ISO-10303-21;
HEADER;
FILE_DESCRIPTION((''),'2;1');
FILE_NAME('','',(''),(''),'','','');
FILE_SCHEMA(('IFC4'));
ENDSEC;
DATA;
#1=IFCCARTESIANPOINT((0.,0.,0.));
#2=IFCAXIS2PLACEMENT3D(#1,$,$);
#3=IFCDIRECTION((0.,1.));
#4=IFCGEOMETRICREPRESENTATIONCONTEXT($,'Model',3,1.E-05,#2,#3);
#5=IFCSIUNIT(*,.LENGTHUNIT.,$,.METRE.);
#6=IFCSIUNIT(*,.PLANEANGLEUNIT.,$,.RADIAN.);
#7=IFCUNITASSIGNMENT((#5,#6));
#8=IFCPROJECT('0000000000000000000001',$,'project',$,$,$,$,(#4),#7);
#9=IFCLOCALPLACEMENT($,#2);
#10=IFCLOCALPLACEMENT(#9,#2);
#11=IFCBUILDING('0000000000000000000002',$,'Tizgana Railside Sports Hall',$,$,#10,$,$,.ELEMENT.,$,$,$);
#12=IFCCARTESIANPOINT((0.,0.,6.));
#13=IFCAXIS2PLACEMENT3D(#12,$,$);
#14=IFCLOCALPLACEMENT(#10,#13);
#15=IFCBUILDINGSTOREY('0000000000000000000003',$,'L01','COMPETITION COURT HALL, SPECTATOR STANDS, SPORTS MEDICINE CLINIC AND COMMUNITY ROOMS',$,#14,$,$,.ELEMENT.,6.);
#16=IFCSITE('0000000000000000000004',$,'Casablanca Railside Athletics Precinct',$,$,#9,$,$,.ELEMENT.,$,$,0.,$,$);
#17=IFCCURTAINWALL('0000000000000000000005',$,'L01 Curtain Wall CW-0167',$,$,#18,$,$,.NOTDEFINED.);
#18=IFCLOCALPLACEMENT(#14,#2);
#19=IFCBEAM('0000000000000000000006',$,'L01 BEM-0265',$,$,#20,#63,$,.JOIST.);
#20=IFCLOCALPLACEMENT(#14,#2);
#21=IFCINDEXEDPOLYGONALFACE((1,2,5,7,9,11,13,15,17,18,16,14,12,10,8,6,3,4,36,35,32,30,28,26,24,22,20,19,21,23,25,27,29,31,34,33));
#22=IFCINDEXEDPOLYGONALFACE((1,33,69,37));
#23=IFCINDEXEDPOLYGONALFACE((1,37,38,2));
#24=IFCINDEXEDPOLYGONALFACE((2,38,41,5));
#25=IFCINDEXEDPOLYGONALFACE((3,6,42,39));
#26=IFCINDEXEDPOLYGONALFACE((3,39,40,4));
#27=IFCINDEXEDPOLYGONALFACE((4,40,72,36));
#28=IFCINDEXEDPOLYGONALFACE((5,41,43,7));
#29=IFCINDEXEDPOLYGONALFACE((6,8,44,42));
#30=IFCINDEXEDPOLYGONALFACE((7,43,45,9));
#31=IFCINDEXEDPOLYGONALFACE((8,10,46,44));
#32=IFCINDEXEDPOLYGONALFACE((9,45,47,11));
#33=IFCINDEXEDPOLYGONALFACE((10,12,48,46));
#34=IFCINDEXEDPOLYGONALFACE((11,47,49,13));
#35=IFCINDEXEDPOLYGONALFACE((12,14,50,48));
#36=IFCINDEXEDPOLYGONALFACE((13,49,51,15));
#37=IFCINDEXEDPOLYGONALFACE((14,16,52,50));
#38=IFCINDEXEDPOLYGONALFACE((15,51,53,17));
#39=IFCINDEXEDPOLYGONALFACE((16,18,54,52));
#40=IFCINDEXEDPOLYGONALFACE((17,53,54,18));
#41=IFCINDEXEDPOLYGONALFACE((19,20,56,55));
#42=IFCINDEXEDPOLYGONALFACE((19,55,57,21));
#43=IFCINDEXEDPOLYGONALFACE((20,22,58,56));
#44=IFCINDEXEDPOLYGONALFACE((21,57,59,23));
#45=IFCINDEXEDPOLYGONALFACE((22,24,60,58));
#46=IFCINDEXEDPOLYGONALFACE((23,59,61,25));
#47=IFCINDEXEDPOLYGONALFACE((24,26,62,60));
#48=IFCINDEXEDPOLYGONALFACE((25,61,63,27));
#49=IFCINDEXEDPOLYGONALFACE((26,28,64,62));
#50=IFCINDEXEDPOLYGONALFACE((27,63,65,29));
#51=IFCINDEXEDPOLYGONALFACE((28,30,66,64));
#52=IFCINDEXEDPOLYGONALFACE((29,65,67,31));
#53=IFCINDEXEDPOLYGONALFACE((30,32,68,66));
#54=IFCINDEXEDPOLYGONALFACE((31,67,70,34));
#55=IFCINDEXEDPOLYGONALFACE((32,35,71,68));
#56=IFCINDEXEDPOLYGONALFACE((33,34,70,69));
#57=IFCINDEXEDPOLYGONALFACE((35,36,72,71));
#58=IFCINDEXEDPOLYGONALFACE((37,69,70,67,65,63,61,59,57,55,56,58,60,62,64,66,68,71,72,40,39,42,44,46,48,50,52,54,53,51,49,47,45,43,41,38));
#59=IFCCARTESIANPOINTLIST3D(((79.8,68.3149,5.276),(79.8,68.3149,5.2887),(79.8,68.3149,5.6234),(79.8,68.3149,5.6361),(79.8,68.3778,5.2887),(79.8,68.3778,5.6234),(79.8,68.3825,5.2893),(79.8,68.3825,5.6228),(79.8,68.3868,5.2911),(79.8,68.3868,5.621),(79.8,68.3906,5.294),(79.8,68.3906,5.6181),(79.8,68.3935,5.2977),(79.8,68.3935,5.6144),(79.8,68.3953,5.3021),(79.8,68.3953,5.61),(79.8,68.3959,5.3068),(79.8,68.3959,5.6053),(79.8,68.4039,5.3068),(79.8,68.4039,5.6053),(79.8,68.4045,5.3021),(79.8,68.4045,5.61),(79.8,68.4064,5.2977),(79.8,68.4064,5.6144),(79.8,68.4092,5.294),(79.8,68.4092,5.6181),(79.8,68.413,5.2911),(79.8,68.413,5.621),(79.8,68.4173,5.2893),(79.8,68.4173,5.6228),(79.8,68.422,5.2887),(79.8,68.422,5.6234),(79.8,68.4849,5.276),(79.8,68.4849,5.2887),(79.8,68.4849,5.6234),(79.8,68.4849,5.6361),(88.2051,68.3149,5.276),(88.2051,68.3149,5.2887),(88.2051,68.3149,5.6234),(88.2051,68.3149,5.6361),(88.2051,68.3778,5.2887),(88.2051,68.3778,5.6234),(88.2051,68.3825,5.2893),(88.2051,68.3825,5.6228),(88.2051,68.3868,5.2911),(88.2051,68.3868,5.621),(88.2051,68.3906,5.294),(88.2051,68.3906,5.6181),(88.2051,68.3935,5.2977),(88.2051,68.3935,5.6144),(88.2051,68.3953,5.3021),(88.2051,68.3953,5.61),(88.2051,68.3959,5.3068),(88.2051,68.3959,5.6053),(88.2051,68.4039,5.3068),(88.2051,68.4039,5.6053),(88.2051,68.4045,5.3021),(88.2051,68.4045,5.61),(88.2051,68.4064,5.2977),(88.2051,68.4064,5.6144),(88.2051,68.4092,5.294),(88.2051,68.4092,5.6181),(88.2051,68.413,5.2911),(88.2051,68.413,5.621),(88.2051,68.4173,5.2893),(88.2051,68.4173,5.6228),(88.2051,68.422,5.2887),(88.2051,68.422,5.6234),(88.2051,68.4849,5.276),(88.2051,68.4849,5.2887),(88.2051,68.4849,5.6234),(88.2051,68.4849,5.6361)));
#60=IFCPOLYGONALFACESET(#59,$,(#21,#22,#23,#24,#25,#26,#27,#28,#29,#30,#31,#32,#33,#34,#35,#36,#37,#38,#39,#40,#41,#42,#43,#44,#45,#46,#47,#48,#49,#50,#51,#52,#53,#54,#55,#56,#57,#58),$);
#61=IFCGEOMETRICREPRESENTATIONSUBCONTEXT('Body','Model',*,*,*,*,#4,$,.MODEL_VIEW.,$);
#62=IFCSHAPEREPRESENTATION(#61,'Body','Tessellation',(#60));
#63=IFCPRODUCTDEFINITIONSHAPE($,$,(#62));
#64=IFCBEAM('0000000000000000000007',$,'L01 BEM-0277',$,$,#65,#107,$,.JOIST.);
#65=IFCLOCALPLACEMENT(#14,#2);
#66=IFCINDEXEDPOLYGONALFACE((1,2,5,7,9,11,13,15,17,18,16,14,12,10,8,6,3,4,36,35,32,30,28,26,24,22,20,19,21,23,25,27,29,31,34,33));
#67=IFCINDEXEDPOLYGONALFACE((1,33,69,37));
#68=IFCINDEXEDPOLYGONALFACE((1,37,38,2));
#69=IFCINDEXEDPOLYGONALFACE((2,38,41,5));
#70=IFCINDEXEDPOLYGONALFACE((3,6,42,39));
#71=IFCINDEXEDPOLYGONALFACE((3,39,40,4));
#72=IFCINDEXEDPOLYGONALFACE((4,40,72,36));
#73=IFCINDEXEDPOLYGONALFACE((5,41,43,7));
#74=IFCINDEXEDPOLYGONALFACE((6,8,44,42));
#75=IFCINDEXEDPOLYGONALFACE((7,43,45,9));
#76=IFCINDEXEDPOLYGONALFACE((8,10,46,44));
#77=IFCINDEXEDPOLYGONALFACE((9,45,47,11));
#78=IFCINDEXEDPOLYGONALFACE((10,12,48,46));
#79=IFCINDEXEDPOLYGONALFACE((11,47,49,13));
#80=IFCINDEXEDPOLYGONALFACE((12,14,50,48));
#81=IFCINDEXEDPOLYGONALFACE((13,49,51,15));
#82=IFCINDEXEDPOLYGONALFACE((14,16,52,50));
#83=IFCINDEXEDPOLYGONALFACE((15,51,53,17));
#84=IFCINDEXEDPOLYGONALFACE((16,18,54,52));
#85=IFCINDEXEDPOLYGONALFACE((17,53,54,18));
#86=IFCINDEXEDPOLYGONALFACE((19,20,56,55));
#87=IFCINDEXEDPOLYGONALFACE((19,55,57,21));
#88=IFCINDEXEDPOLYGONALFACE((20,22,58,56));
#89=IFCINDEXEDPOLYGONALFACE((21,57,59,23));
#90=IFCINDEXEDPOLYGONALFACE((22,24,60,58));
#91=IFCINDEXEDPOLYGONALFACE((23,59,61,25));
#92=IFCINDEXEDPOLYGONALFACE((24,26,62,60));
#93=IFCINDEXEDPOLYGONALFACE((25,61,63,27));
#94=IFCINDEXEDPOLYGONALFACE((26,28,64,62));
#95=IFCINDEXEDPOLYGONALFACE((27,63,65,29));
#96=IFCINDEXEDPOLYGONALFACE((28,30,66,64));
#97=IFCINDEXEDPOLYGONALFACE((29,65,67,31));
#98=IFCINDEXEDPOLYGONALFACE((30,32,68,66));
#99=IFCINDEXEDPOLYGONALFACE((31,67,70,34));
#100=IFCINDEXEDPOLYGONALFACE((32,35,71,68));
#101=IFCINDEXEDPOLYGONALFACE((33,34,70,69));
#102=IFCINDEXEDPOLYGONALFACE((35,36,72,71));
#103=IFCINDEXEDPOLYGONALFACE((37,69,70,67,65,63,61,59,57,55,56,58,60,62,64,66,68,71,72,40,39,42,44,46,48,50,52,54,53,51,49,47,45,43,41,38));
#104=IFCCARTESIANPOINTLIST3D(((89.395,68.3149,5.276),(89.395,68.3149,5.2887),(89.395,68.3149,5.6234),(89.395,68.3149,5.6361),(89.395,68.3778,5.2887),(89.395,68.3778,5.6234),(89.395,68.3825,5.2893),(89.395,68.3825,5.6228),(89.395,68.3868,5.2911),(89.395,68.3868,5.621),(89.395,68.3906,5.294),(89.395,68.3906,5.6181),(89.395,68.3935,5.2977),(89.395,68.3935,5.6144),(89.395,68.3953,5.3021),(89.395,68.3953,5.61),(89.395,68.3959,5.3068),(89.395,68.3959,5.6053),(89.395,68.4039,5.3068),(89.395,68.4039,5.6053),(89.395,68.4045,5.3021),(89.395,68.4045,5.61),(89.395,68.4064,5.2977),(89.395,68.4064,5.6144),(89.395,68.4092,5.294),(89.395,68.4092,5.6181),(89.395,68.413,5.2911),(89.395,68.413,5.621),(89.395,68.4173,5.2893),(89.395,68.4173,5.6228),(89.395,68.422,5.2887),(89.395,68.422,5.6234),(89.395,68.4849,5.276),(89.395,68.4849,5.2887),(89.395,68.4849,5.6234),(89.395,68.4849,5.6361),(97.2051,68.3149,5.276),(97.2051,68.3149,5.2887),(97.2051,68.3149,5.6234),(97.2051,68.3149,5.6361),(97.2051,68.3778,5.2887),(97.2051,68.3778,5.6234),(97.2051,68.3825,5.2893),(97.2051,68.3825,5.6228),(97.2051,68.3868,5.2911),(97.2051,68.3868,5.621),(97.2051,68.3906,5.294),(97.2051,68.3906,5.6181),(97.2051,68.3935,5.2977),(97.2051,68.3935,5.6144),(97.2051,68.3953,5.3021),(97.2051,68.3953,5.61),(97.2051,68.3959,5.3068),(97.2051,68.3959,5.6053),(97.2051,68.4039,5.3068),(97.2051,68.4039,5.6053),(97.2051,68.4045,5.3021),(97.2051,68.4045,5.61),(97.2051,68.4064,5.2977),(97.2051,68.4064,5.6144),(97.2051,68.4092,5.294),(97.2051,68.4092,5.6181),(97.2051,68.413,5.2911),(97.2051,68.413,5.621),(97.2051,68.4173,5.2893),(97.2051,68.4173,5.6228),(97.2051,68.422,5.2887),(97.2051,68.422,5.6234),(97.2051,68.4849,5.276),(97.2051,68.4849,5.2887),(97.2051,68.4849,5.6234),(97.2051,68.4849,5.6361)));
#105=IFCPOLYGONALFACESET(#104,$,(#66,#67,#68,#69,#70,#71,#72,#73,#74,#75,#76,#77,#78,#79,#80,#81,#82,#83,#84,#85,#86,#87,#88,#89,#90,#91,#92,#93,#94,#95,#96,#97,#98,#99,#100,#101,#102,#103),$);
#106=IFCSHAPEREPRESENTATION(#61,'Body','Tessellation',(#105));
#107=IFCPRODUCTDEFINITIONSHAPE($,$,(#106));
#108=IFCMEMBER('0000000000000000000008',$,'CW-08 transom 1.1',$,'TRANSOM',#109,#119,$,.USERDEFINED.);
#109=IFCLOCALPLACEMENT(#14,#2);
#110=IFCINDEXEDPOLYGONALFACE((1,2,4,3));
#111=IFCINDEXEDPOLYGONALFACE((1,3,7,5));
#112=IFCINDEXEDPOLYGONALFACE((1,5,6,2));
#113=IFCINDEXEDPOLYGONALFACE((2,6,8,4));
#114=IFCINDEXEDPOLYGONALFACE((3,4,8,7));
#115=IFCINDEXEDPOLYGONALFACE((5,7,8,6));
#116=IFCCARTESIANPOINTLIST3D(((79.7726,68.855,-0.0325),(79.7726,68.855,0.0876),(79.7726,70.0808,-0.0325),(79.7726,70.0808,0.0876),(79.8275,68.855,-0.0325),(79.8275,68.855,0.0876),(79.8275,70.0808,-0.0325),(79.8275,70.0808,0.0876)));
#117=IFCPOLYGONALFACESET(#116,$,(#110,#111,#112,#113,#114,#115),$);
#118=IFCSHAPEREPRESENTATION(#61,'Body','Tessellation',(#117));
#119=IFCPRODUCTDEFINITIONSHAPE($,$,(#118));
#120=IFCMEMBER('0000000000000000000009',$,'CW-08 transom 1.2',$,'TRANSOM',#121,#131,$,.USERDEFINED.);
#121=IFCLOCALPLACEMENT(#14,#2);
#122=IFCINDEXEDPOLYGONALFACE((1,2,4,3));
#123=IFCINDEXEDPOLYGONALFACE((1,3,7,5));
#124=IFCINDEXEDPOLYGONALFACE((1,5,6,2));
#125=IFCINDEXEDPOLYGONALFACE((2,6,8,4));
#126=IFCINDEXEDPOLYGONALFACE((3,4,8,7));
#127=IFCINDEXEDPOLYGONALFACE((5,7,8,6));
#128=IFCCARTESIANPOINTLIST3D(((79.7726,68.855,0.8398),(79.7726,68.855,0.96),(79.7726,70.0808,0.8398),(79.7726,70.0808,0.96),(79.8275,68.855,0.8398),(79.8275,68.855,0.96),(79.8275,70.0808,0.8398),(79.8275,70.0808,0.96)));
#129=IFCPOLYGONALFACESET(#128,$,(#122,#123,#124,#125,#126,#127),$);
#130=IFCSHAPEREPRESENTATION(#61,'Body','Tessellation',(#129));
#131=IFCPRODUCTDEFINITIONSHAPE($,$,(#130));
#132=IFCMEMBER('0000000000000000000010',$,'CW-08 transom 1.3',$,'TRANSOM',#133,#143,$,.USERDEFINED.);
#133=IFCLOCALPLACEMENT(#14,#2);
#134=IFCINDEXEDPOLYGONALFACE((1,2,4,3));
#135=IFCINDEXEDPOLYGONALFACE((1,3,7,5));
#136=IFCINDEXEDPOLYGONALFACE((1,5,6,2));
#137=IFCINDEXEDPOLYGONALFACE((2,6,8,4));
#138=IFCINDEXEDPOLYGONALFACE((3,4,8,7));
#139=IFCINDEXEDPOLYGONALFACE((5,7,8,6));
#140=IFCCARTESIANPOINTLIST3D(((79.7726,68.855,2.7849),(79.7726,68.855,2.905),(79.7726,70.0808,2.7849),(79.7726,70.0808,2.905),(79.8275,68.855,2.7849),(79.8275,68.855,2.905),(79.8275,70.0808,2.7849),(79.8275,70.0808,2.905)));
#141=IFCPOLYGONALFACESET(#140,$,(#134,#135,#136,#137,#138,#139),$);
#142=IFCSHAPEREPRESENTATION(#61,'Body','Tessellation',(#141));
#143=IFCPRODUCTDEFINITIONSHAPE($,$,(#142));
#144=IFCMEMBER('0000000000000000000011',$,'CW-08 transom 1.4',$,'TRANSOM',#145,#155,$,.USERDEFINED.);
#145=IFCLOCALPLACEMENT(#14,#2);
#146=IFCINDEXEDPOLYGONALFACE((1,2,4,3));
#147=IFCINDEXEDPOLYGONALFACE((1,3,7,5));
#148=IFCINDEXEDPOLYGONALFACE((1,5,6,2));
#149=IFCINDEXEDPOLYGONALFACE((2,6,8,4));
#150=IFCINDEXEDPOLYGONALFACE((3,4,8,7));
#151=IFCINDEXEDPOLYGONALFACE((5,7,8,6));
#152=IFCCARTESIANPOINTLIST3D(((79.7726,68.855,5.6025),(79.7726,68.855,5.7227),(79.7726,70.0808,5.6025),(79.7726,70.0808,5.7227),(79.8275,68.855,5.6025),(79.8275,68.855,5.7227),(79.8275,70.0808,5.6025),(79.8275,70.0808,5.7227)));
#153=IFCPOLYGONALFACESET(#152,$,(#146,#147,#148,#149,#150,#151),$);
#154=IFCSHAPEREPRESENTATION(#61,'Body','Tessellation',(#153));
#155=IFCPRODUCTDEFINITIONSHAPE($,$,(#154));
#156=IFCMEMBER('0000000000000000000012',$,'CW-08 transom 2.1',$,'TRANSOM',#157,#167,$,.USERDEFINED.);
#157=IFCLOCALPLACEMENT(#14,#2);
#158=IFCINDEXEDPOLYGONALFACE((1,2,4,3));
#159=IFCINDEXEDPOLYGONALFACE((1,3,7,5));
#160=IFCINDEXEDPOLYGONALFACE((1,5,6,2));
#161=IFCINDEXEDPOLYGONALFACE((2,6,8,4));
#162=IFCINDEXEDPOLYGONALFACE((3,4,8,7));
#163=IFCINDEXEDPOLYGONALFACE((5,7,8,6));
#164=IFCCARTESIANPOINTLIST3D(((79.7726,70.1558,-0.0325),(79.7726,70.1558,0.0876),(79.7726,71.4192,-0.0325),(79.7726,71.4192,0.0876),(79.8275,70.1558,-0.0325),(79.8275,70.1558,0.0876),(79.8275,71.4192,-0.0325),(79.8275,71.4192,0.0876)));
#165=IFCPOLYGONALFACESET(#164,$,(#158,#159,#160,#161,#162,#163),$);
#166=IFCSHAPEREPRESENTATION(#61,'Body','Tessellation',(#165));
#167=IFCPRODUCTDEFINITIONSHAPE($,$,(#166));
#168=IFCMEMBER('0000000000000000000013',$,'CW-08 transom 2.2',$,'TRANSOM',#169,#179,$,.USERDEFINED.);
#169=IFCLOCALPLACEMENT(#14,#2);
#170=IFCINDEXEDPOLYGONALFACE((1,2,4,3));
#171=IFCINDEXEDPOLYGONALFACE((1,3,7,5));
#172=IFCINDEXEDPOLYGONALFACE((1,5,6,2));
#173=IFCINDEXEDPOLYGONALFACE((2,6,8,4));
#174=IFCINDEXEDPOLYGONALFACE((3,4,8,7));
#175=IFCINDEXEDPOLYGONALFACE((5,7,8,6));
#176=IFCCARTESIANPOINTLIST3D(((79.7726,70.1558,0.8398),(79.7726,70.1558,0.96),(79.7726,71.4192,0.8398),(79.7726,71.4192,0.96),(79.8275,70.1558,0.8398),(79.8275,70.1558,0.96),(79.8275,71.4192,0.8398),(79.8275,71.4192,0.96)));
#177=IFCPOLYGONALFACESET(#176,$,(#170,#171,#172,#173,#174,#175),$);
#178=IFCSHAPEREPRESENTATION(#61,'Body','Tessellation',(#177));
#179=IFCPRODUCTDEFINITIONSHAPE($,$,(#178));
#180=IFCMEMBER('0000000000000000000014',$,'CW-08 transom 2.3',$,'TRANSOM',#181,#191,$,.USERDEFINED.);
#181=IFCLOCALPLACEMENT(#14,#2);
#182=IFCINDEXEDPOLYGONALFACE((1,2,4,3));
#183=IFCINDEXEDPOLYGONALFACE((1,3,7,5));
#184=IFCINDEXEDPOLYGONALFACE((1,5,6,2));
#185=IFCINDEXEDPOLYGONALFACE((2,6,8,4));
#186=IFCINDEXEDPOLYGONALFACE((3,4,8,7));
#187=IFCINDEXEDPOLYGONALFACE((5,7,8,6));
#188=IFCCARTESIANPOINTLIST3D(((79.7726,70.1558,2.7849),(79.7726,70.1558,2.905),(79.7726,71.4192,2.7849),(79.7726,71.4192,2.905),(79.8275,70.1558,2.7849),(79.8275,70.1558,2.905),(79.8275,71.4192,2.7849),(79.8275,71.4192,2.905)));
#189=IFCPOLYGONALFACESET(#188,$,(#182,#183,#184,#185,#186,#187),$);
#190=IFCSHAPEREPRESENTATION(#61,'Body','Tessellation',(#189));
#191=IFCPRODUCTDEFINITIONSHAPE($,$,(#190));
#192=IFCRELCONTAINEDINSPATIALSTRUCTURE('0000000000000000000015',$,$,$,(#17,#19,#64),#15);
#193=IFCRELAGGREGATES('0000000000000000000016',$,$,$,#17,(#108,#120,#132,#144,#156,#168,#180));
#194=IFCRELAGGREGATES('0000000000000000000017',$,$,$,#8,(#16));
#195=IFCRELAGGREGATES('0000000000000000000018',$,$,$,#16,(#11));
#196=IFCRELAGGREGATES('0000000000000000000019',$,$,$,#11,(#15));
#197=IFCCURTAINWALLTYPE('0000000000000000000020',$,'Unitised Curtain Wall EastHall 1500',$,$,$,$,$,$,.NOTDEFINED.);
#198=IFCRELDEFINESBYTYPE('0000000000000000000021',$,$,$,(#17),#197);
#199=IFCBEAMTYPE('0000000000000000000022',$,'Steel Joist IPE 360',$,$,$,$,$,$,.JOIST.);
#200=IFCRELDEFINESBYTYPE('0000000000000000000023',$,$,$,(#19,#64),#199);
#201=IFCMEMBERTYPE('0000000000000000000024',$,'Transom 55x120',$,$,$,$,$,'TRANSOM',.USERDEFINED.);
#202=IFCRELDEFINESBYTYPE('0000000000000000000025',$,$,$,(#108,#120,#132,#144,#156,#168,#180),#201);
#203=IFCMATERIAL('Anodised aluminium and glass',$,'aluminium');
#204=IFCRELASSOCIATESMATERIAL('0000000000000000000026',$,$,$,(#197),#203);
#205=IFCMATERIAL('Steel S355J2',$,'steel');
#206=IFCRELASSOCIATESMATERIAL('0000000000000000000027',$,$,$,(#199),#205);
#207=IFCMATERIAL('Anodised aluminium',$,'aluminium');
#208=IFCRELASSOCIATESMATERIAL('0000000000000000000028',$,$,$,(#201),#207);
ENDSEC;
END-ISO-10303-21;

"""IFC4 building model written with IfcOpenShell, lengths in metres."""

from ifc_helpers import new_model, si_unit, direction, frame, origin, origin_2d, place, context, subcontext, project, spatial, rectangle, i_section, extrude, material, material_profile, profile_set, type_object, element, aggregate, save


model = new_model("IFC4")

# Units and contexts
model_context = context("Model", 3, precision=1e-05, world=origin(), true_north=direction((0.0, 1.0)))
body_context = subcontext(model_context, "Body", "Model", "MODEL_VIEW")
ifc_project = project(units=[si_unit("LENGTHUNIT", "METRE"), si_unit("PLANEANGLEUNIT", "RADIAN")], contexts=[model_context])

# Site, building, storey
site_placement = place(None, origin())
site = spatial("IfcSite", under=ifc_project, at=site_placement, Name="Casablanca Railside Athletics Precinct", CompositionType="ELEMENT", RefElevation=0.0)
building_placement = place(site_placement, origin())
building = spatial("IfcBuilding", under=site, at=building_placement, Name="Tizgana Railside Sports Hall", CompositionType="ELEMENT")
storey_placement = place(building_placement, frame((0.0, 0.0, 6.0)))
storey = spatial("IfcBuildingStorey", under=building, at=storey_placement, Name="L01", Description="COMPETITION COURT HALL, SPECTATOR STANDS, SPORTS MEDICINE CLINIC AND COMMUNITY ROOMS", CompositionType="ELEMENT", Elevation=6.0)

# Shared definitions
ifc_material_1 = material(Name="Anodised aluminium and glass", Category="aluminium")
ifc_material_2 = material(Name="Anodised aluminium", Category="aluminium")

# Curtain wall
curtain_wall_type_1 = type_object("IfcCurtainWallType", Name="Unitised Curtain Wall EastHall 1500", PredefinedType="NOTDEFINED", material=ifc_material_1)
curtain_wall_1_placement = place(storey_placement, origin())
curtain_wall_1 = element("IfcCurtainWall", 1, at=curtain_wall_1_placement, inside=storey, type_object=curtain_wall_type_1, Name="L01 Curtain Wall CW-0167", PredefinedType="NOTDEFINED")

# Beams
ifc_material_3 = material(Name="Steel S355J2", Category="steel")
ifc_material_profile_1 = material_profile(ifc_material_3, i_section(OverallWidth=0.1699, OverallDepth=0.3601, WebThickness=0.0081, FlangeThickness=0.0127, FilletRadius=0.0181, at=origin_2d()), Name="IPE 360")
ifc_profile_set_1 = profile_set([ifc_material_profile_1], Name="Steel S355J2")
beam_type_1 = type_object("IfcBeamType", Name="Steel Joist IPE 360", PredefinedType="JOIST", material=ifc_profile_set_1)
beam_1_placement = place(storey_placement, frame((79.8, 68.3999, 5.4561), z_axis=(1.0, 0.0, 0.0), x_axis=(0.0, 1.0, 0.0)))
element("IfcBeam", 2, at=beam_1_placement, inside=storey, type_object=beam_type_1, Name="L01 BEM-0265", PredefinedType="JOIST", context=body_context, shape_type="SweptSolid", body=[
    extrude(i_section(OverallWidth=0.1699, OverallDepth=0.3601, WebThickness=0.0081, FlangeThickness=0.0127, FilletRadius=0.0181, at=origin_2d()), origin(), (0.0, 0.0, 1.0), 8.405),
])
beam_2_placement = place(storey_placement, frame((89.395, 68.3999, 5.4561), z_axis=(1.0, 0.0, 0.0), x_axis=(0.0, 1.0, 0.0)))
element("IfcBeam", 3, at=beam_2_placement, inside=storey, type_object=beam_type_1, Name="L01 BEM-0277", PredefinedType="JOIST", context=body_context, shape_type="SweptSolid", body=[
    extrude(i_section(OverallWidth=0.1699, OverallDepth=0.3601, WebThickness=0.0081, FlangeThickness=0.0127, FilletRadius=0.0181, at=origin_2d()), origin(), (0.0, 0.0, 1.0), 7.8101),
])

# Members
ifc_material_profile_2 = material_profile(ifc_material_2, rectangle(XDim=0.0549, YDim=0.1201, at=origin_2d()), Name="Transom 55x120")
ifc_profile_set_2 = profile_set([ifc_material_profile_2], Name="Anodised aluminium")
member_type_1 = type_object("IfcMemberType", Name="Transom 55x120", ElementType="TRANSOM", PredefinedType="USERDEFINED", material=ifc_profile_set_2)
member_1_placement = place(storey_placement, frame((79.8, 68.855, 0.0276), z_axis=(0.0, 1.0, 0.0), x_axis=(-1.0, 0.0, 0.0)))
member_1 = element("IfcMember", 4, at=member_1_placement, type_object=member_type_1, Name="CW-08 transom 1.1", ObjectType="TRANSOM", PredefinedType="USERDEFINED", context=body_context, shape_type="SweptSolid", body=[
    extrude(rectangle(XDim=0.0549, YDim=0.1201, at=origin_2d()), origin(), (0.0, 0.0, 1.0), 1.2258),
])
member_2_placement = place(storey_placement, frame((79.8, 68.855, 0.8999), z_axis=(0.0, 1.0, 0.0), x_axis=(-1.0, 0.0, 0.0)))
member_2 = element("IfcMember", 5, at=member_2_placement, type_object=member_type_1, Name="CW-08 transom 1.2", ObjectType="TRANSOM", PredefinedType="USERDEFINED", context=body_context, shape_type="SweptSolid", body=[
    extrude(rectangle(XDim=0.0549, YDim=0.1201, at=origin_2d()), origin(), (0.0, 0.0, 1.0), 1.2258),
])
member_3_placement = place(storey_placement, frame((79.8, 68.855, 2.845), z_axis=(0.0, 1.0, 0.0), x_axis=(-1.0, 0.0, 0.0)))
member_3 = element("IfcMember", 6, at=member_3_placement, type_object=member_type_1, Name="CW-08 transom 1.3", ObjectType="TRANSOM", PredefinedType="USERDEFINED", context=body_context, shape_type="SweptSolid", body=[
    extrude(rectangle(XDim=0.0549, YDim=0.1201, at=origin_2d()), origin(), (0.0, 0.0, 1.0), 1.2258),
])
member_4_placement = place(storey_placement, frame((79.8, 68.855, 5.6626), z_axis=(0.0, 1.0, 0.0), x_axis=(-1.0, 0.0, 0.0)))
member_4 = element("IfcMember", 7, at=member_4_placement, type_object=member_type_1, Name="CW-08 transom 1.4", ObjectType="TRANSOM", PredefinedType="USERDEFINED", context=body_context, shape_type="SweptSolid", body=[
    extrude(rectangle(XDim=0.0549, YDim=0.1201, at=origin_2d()), origin(), (0.0, 0.0, 1.0), 1.2258),
])
member_5_placement = place(storey_placement, frame((79.8, 70.1558, 0.0276), z_axis=(0.0, 1.0, 0.0), x_axis=(-1.0, 0.0, 0.0)))
member_5 = element("IfcMember", 8, at=member_5_placement, type_object=member_type_1, Name="CW-08 transom 2.1", ObjectType="TRANSOM", PredefinedType="USERDEFINED", context=body_context, shape_type="SweptSolid", body=[
    extrude(rectangle(XDim=0.0549, YDim=0.1201, at=origin_2d()), origin(), (0.0, 0.0, 1.0), 1.2634),
])
member_6_placement = place(storey_placement, frame((79.8, 70.1558, 0.8999), z_axis=(0.0, 1.0, 0.0), x_axis=(-1.0, 0.0, 0.0)))
member_6 = element("IfcMember", 9, at=member_6_placement, type_object=member_type_1, Name="CW-08 transom 2.2", ObjectType="TRANSOM", PredefinedType="USERDEFINED", context=body_context, shape_type="SweptSolid", body=[
    extrude(rectangle(XDim=0.0549, YDim=0.1201, at=origin_2d()), origin(), (0.0, 0.0, 1.0), 1.2634),
])
member_7_placement = place(storey_placement, frame((79.8, 70.1558, 2.845), z_axis=(0.0, 1.0, 0.0), x_axis=(-1.0, 0.0, 0.0)))
member_7 = element("IfcMember", 10, at=member_7_placement, type_object=member_type_1, Name="CW-08 transom 2.3", ObjectType="TRANSOM", PredefinedType="USERDEFINED", context=body_context, shape_type="SweptSolid", body=[
    extrude(rectangle(XDim=0.0549, YDim=0.1201, at=origin_2d()), origin(), (0.0, 0.0, 1.0), 1.2634),
])

aggregate(curtain_wall_1, [member_1, member_2, member_3, member_4, member_5, member_6, member_7])

save(model, "model.ifc")
